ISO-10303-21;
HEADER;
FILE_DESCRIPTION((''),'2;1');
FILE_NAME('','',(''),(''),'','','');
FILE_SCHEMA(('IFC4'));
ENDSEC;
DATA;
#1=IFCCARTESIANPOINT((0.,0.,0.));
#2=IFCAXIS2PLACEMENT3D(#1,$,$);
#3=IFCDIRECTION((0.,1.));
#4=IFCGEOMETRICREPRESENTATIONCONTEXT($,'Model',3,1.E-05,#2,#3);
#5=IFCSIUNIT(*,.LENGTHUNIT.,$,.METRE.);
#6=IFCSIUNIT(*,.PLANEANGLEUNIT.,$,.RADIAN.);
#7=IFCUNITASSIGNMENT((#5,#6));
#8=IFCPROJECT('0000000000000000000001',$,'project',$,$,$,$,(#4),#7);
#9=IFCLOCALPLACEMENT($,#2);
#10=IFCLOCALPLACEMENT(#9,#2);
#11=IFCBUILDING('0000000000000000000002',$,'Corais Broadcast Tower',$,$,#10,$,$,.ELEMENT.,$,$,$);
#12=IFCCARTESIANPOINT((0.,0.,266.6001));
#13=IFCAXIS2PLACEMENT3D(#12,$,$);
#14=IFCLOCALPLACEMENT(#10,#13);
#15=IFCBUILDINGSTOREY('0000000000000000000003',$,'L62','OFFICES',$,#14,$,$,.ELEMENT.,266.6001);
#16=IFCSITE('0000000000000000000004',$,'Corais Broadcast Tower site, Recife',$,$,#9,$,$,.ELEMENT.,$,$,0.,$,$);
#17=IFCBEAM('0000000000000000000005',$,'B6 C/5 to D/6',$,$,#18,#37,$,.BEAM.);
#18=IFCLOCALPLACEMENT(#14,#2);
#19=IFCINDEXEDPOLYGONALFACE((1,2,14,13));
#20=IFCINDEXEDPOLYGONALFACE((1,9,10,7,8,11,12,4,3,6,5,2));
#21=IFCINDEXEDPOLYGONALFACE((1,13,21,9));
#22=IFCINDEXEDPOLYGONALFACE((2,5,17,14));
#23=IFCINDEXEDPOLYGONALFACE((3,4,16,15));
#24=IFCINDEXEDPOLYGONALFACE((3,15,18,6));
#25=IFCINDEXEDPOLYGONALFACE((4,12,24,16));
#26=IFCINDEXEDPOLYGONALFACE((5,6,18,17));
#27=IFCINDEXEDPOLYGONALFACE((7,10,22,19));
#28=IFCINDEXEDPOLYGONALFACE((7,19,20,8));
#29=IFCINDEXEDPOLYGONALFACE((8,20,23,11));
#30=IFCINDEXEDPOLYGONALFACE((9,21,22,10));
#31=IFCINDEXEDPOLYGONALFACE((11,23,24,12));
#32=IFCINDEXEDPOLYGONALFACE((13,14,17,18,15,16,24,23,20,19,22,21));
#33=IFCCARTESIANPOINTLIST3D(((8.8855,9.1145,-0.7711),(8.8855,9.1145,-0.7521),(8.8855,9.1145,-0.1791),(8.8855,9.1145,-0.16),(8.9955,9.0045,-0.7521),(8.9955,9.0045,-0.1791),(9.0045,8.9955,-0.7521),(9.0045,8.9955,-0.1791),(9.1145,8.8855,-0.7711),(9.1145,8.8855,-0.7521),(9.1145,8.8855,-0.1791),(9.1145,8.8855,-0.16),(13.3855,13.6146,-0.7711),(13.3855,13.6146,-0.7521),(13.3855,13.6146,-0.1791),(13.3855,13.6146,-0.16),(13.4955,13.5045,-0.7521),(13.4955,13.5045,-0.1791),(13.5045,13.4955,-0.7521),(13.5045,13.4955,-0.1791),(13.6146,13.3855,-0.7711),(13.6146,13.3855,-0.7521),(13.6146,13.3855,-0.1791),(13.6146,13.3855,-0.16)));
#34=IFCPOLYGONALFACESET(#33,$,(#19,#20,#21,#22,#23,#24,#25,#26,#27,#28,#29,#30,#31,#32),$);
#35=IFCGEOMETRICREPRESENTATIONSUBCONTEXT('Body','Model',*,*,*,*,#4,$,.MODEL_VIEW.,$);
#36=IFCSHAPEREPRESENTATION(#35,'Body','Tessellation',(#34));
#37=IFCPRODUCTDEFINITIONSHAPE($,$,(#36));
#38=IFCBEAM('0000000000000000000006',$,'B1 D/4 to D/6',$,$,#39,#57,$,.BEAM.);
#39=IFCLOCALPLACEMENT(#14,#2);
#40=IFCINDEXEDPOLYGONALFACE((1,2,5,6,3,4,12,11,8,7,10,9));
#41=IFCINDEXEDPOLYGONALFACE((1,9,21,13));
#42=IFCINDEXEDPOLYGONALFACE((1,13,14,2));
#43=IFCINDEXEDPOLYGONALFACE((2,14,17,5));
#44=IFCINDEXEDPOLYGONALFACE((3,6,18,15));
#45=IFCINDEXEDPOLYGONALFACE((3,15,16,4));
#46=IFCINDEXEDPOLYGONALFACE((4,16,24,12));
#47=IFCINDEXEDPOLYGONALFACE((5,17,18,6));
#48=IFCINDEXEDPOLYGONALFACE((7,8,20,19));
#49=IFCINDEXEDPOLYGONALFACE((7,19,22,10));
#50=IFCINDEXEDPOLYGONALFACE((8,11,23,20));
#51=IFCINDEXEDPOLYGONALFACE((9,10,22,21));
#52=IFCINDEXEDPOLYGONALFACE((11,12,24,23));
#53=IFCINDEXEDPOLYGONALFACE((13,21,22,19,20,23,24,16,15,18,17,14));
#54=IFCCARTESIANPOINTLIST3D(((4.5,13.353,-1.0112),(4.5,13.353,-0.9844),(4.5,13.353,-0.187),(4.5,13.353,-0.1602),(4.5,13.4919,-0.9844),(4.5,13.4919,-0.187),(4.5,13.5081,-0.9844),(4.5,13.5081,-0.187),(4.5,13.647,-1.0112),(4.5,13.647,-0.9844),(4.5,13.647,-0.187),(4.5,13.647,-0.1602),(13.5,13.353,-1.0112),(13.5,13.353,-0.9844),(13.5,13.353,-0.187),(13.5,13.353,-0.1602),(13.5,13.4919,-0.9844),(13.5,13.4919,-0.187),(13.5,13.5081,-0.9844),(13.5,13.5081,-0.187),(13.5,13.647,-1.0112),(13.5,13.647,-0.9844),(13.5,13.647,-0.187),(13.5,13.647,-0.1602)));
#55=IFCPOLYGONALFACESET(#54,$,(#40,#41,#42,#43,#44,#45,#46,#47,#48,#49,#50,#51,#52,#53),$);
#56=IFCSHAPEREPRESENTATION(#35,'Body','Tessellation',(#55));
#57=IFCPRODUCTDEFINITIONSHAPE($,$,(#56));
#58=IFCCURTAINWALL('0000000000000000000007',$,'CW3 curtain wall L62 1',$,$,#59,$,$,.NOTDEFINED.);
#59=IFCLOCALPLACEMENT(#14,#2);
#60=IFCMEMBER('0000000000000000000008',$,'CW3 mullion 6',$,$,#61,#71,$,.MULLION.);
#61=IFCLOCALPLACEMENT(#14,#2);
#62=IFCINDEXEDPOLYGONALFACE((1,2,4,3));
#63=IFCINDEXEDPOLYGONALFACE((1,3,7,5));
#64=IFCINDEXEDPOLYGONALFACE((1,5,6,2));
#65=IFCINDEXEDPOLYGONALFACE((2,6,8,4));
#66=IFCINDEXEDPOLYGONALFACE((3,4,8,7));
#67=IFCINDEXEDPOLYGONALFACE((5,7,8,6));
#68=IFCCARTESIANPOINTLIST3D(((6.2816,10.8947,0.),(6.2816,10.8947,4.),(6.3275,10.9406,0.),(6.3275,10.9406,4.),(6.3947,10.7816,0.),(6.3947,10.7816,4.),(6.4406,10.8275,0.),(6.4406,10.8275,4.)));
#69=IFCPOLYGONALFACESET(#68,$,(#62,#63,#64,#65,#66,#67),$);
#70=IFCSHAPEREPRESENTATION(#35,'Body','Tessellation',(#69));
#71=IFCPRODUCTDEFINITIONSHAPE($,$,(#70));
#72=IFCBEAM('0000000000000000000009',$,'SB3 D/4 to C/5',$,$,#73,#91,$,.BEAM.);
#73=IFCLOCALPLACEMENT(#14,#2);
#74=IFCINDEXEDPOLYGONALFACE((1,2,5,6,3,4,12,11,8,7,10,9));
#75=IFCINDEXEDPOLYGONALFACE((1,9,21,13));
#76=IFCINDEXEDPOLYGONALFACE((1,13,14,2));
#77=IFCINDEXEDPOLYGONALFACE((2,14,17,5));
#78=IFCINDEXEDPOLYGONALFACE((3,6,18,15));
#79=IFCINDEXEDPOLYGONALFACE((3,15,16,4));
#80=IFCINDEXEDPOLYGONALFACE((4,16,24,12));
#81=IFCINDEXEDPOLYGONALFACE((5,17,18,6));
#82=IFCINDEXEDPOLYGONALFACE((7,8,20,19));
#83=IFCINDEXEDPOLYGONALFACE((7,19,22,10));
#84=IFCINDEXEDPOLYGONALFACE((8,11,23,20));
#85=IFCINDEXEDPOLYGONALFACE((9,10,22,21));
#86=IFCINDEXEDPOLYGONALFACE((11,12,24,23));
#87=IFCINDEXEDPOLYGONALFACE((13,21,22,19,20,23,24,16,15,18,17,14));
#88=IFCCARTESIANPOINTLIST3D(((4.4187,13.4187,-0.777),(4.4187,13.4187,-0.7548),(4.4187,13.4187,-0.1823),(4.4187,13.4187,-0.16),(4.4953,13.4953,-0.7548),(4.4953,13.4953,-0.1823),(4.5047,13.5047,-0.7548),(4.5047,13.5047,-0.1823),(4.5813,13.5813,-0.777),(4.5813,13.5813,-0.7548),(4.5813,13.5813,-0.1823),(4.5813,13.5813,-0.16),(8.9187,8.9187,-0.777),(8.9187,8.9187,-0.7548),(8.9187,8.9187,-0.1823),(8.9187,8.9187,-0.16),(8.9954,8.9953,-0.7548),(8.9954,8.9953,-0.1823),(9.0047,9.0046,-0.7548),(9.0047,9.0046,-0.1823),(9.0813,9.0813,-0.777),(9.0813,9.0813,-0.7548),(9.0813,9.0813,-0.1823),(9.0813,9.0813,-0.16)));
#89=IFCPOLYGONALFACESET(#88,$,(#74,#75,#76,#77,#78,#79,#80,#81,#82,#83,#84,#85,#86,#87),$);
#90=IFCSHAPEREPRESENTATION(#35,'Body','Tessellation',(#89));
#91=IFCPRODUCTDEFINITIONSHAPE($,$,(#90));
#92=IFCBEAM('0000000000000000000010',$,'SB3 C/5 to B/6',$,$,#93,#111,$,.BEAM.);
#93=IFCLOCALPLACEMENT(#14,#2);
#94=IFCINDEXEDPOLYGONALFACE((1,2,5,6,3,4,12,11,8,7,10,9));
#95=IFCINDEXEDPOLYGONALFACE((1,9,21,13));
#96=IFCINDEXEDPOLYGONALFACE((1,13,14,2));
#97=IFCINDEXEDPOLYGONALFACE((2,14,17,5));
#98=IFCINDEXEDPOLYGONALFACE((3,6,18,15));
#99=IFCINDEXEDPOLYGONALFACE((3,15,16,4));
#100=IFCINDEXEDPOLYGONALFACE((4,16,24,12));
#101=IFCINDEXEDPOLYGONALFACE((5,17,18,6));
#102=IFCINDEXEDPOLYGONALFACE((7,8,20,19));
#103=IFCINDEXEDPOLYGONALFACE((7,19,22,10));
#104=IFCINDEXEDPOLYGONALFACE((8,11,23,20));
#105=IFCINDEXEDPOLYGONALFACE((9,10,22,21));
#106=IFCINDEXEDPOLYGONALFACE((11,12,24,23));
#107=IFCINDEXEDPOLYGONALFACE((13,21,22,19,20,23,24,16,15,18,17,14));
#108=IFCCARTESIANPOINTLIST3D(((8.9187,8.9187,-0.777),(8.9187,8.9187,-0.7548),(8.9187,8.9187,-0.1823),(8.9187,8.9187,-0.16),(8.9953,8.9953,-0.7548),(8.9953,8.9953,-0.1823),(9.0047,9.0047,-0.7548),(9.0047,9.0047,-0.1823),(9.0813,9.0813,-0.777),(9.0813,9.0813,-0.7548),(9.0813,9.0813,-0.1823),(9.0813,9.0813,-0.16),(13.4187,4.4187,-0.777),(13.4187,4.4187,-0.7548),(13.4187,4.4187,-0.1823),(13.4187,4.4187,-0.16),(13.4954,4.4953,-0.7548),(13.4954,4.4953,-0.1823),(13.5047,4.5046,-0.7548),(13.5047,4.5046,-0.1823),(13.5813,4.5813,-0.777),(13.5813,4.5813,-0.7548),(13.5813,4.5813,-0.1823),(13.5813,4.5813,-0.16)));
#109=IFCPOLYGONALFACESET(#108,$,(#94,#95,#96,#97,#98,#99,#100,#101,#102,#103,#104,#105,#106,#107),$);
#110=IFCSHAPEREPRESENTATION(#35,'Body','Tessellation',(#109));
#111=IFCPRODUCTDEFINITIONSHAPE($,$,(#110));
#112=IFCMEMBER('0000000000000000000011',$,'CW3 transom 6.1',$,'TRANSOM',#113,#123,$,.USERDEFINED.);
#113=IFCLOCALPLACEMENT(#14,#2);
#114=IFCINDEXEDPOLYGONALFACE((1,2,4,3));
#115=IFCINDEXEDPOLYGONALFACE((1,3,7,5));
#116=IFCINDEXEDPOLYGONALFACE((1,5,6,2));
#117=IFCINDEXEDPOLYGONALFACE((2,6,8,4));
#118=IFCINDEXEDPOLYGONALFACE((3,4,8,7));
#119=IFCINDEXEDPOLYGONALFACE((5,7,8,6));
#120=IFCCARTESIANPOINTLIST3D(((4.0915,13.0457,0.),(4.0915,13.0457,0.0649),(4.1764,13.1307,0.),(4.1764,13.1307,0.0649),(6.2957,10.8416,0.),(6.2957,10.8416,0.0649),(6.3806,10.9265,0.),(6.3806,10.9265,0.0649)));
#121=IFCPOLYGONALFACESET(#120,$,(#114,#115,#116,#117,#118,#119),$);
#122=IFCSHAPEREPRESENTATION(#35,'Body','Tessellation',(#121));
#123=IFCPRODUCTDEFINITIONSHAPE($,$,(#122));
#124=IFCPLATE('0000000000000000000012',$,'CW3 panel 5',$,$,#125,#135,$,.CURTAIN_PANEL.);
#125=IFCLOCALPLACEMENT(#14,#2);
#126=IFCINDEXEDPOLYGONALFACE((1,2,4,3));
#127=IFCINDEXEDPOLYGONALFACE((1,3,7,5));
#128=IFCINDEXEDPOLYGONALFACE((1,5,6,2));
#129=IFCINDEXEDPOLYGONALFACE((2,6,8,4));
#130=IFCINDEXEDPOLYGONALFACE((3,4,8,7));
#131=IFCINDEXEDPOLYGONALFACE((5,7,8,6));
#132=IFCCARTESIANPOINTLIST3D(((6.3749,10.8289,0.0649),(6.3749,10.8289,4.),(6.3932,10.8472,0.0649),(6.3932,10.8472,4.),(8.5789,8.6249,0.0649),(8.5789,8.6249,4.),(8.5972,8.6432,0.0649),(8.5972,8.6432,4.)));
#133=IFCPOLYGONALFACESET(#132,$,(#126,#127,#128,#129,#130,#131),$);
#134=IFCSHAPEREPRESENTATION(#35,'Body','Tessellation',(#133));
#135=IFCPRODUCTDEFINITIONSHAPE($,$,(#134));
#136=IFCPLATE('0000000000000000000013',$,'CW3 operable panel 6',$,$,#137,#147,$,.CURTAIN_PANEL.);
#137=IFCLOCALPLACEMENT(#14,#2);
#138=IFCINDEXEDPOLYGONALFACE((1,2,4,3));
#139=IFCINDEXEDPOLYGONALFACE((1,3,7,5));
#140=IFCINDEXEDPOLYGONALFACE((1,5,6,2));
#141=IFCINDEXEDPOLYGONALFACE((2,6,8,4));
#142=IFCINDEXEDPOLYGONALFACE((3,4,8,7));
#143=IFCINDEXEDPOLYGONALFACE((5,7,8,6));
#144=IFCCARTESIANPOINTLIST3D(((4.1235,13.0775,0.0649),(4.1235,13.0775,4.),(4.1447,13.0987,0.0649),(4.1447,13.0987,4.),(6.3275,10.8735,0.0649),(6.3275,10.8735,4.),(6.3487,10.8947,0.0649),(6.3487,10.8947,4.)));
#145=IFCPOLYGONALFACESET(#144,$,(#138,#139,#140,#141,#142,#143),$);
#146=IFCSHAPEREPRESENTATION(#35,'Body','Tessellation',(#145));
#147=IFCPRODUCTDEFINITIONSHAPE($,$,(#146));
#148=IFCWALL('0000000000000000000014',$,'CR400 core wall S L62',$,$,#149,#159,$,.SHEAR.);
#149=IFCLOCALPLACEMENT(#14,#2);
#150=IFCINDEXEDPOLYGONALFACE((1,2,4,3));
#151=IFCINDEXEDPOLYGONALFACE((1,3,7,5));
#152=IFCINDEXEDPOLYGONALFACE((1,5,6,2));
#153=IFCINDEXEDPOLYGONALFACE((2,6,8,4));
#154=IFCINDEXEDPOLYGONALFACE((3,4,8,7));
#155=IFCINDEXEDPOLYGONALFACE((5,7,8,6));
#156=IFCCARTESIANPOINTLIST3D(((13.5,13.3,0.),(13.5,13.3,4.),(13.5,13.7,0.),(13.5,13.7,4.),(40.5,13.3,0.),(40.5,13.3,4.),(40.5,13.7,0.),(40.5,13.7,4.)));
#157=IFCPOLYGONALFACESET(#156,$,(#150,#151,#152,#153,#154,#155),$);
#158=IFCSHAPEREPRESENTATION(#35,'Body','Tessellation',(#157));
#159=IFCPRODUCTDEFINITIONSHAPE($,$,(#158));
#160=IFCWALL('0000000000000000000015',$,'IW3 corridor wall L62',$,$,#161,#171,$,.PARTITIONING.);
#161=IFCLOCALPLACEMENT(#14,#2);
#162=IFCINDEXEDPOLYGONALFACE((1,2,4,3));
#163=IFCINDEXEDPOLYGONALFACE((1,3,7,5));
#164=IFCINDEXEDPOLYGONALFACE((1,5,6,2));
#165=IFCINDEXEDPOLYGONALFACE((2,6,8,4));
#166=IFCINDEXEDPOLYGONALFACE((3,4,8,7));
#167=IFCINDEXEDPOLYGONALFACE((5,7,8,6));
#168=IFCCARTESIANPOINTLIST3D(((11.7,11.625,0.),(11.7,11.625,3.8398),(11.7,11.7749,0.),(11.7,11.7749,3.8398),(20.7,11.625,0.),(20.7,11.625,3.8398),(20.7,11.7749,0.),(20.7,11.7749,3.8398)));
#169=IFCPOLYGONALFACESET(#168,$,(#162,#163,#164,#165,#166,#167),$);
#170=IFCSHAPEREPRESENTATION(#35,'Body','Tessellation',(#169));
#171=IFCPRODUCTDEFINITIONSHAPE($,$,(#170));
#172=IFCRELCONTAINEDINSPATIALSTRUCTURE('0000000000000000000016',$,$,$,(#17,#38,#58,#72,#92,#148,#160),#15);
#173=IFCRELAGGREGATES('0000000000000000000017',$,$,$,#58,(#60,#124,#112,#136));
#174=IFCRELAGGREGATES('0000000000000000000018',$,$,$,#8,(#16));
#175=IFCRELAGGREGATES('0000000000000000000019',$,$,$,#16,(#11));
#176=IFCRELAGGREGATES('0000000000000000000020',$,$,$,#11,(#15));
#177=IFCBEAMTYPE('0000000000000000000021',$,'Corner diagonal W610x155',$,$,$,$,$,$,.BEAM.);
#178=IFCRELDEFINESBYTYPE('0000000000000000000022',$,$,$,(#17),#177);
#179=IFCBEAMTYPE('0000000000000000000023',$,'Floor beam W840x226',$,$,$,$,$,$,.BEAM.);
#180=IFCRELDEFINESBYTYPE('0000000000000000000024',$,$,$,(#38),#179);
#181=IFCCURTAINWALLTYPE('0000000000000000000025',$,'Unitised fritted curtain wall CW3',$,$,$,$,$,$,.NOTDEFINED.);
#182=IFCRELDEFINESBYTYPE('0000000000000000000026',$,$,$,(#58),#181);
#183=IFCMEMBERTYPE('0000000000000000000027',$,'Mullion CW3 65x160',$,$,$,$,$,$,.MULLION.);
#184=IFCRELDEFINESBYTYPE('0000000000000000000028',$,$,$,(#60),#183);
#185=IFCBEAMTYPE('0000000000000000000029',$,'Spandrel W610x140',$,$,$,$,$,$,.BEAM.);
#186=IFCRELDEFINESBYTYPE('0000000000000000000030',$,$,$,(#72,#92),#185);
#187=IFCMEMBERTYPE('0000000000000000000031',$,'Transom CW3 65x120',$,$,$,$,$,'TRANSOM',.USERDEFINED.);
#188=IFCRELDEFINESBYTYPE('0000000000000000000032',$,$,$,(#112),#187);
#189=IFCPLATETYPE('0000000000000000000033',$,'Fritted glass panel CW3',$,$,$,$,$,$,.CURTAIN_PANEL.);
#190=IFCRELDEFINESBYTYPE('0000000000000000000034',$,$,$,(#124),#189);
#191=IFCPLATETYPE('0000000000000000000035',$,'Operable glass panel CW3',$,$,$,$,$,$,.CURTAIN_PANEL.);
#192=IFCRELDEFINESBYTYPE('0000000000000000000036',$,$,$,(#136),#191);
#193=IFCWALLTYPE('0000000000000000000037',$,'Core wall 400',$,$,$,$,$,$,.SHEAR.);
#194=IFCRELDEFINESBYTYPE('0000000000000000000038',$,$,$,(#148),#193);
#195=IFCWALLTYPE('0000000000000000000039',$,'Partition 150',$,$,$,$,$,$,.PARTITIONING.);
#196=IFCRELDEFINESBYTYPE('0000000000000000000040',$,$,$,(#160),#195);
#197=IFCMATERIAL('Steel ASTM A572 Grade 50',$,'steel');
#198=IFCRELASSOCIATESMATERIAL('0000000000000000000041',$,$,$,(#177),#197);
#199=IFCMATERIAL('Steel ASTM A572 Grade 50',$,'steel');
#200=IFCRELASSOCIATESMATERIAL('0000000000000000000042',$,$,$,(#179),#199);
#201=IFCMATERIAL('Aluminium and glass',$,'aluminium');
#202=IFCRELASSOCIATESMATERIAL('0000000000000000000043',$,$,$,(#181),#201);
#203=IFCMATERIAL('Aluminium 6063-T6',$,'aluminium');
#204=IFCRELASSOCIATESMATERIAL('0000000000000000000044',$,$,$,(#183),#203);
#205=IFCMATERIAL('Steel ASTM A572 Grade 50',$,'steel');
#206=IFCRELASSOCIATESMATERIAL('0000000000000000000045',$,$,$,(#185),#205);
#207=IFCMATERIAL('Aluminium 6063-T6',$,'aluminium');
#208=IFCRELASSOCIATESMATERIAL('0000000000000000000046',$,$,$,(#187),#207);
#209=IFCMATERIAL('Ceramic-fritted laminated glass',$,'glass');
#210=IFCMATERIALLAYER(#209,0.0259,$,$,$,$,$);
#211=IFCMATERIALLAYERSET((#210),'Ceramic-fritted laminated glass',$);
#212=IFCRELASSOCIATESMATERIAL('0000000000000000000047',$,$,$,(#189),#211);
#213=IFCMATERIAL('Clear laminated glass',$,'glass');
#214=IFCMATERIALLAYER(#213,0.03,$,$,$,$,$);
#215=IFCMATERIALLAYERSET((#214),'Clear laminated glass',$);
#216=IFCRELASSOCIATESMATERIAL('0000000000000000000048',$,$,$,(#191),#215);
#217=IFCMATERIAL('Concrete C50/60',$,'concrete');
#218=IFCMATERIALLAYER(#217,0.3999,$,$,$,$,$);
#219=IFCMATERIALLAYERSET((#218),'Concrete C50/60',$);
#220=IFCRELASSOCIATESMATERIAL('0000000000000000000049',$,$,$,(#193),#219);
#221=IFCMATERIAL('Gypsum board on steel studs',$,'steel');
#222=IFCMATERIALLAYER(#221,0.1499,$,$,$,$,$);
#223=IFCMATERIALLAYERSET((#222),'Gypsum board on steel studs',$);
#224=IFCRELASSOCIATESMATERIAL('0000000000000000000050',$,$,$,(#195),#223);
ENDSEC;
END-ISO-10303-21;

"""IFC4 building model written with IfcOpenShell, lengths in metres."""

from ifc_helpers import new_model, si_unit, direction, frame, frame_2d, origin, origin_2d, place, context, subcontext, project, spatial, rectangle, i_section, extrude, material, layer, layer_set, material_profile, profile_set, type_object, element, aggregate, save


model = new_model("IFC4")

# Units and contexts
model_context = context("Model", 3, precision=1e-05, world=origin(), true_north=direction((0.0, 1.0)))
body_context = subcontext(model_context, "Body", "Model", "MODEL_VIEW")
ifc_project = project(units=[si_unit("LENGTHUNIT", "METRE"), si_unit("PLANEANGLEUNIT", "RADIAN")], contexts=[model_context])

# Site, building, storey
site_placement = place(None, origin())
site = spatial("IfcSite", under=ifc_project, at=site_placement, Name="Corais Broadcast Tower site, Recife", CompositionType="ELEMENT", RefElevation=0.0)
building_placement = place(site_placement, origin())
building = spatial("IfcBuilding", under=site, at=building_placement, Name="Corais Broadcast Tower", CompositionType="ELEMENT")
storey_placement = place(building_placement, frame((0.0, 0.0, 266.6001)))
storey = spatial("IfcBuildingStorey", under=building, at=storey_placement, Name="L62", Description="OFFICES", CompositionType="ELEMENT", Elevation=266.6001)

# Beams
ifc_material_1 = material(Name="Steel ASTM A572 Grade 50", Category="steel")
ifc_material_profile_1 = material_profile(ifc_material_1, i_section(OverallWidth=0.324, OverallDepth=0.6111, WebThickness=0.0127, FlangeThickness=0.019, at=origin_2d()), Name="W610x155")
ifc_profile_set_1 = profile_set([ifc_material_profile_1], Name="Steel ASTM A572 Grade 50")
beam_type_1 = type_object("IfcBeamType", Name="Corner diagonal W610x155", PredefinedType="BEAM", material=ifc_profile_set_1)
beam_1_placement = place(storey_placement, frame((9.0, 9.0, -0.4656), z_axis=(0.707107, 0.707107, 0.0), x_axis=(-0.707107, 0.707107, 0.0)))
element("IfcBeam", 1, at=beam_1_placement, inside=storey, type_object=beam_type_1, Name="B6 C/5 to D/6", PredefinedType="BEAM", context=body_context, shape_type="SweptSolid", body=[
    extrude(i_section(OverallWidth=0.324, OverallDepth=0.6111, WebThickness=0.0127, FlangeThickness=0.019, at=origin_2d()), origin(), (0.0, 0.0, 1.0), 6.364),
])
ifc_material_2 = material(Name="Steel ASTM A572 Grade 50", Category="steel")
ifc_material_profile_2 = material_profile(ifc_material_2, i_section(OverallWidth=0.2939, OverallDepth=0.8511, WebThickness=0.0161, FlangeThickness=0.0269, at=origin_2d()), Name="W840x226")
ifc_profile_set_2 = profile_set([ifc_material_profile_2], Name="Steel ASTM A572 Grade 50")
beam_type_2 = type_object("IfcBeamType", Name="Floor beam W840x226", PredefinedType="BEAM", material=ifc_profile_set_2)
beam_2_placement = place(storey_placement, frame((4.5, 13.5, -0.5857), z_axis=(1.0, 0.0, 0.0), x_axis=(0.0, 1.0, 0.0)))
element("IfcBeam", 2, at=beam_2_placement, inside=storey, type_object=beam_type_2, Name="B1 D/4 to D/6", PredefinedType="BEAM", context=body_context, shape_type="SweptSolid", body=[
    extrude(i_section(OverallWidth=0.2939, OverallDepth=0.8511, WebThickness=0.0161, FlangeThickness=0.0269, at=origin_2d()), origin(), (0.0, 0.0, 1.0), 9.0),
])

# Curtain wall, member
ifc_material_3 = material(Name="Aluminium and glass", Category="aluminium")
curtain_wall_type = type_object("IfcCurtainWallType", Name="Unitised fritted curtain wall CW3", PredefinedType="NOTDEFINED", material=ifc_material_3)
curtain_wall_placement = place(storey_placement, origin())
curtain_wall = element("IfcCurtainWall", 3, at=curtain_wall_placement, inside=storey, type_object=curtain_wall_type, Name="CW3 curtain wall L62 1", PredefinedType="NOTDEFINED")
ifc_material_4 = material(Name="Aluminium 6063-T6", Category="aluminium")
ifc_material_profile_3 = material_profile(ifc_material_4, rectangle(XDim=0.0649, YDim=0.1599, at=origin_2d()), Name="Mullion CW3 65x160")
ifc_profile_set_3 = profile_set([ifc_material_profile_3], Name="Aluminium 6063-T6")
member_type_1 = type_object("IfcMemberType", Name="Mullion CW3 65x160", PredefinedType="MULLION", material=ifc_profile_set_3)
member_1_placement = place(storey_placement, frame((6.3611, 10.8611, 0.0), z_axis=(0.0, 0.0, 1.0), x_axis=(-0.707107, -0.707107, 0.0)))
member_1 = element("IfcMember", 4, at=member_1_placement, type_object=member_type_1, Name="CW3 mullion 6", PredefinedType="MULLION", context=body_context, shape_type="SweptSolid", body=[
    extrude(rectangle(XDim=0.0649, YDim=0.1599, at=origin_2d()), origin(), (0.0, 0.0, 1.0), 4.0),
])

# Beams
ifc_material_5 = material(Name="Steel ASTM A572 Grade 50", Category="steel")
ifc_material_profile_4 = material_profile(ifc_material_5, i_section(OverallWidth=0.23, OverallDepth=0.6169, WebThickness=0.0132, FlangeThickness=0.0222, at=origin_2d()), Name="W610x140")
ifc_profile_set_4 = profile_set([ifc_material_profile_4], Name="Steel ASTM A572 Grade 50")
beam_type_3 = type_object("IfcBeamType", Name="Spandrel W610x140", PredefinedType="BEAM", material=ifc_profile_set_4)
for number, where, z_axis, x_axis, name in (
    (5, (4.5, 13.5, -0.4685), (0.707107, -0.707107, 0.0), (0.707107, 0.707107, 0.0), "SB3 D/4 to C/5"),
    (6, (9.0, 9.0, -0.4685), (0.707107, -0.707107, 0.0), (0.707107, 0.707107, 0.0), "SB3 C/5 to B/6"),
):
    element("IfcBeam", number, at=place(storey_placement, frame(where, z_axis=z_axis, x_axis=x_axis)), inside=storey, type_object=beam_type_3, Name=name, PredefinedType="BEAM", context=body_context, shape_type="SweptSolid", body=[
        extrude(i_section(OverallWidth=0.23, OverallDepth=0.6169, WebThickness=0.0132, FlangeThickness=0.0222, at=origin_2d()), origin(), (0.0, 0.0, 1.0), 6.364),
    ])

# Member
ifc_material_6 = material(Name="Aluminium 6063-T6", Category="aluminium")
ifc_material_profile_5 = material_profile(ifc_material_6, rectangle(XDim=0.1201, YDim=0.0649, at=origin_2d()), Name="Transom CW3 65x120")
ifc_profile_set_5 = profile_set([ifc_material_profile_5], Name="Aluminium 6063-T6")
member_type_2 = type_object("IfcMemberType", Name="Transom CW3 65x120", ElementType="TRANSOM", PredefinedType="USERDEFINED", material=ifc_profile_set_5)
member_2_placement = place(storey_placement, frame((6.3381, 10.884, 0.0325), z_axis=(-0.707107, 0.707107, 0.0), x_axis=(-0.707107, -0.707107, 0.0)))
member_2 = element("IfcMember", 7, at=member_2_placement, type_object=member_type_2, Name="CW3 transom 6.1", ObjectType="TRANSOM", PredefinedType="USERDEFINED", context=body_context, shape_type="SweptSolid", body=[
    extrude(rectangle(XDim=0.1201, YDim=0.0649, at=origin_2d()), origin(), (0.0, 0.0, 1.0), 3.1172),
])

# Plates
ifc_material_7 = material(Name="Ceramic-fritted laminated glass", Category="glass")
ifc_layer_1 = layer(ifc_material_7, 0.0259)
ifc_layer_set_1 = layer_set([ifc_layer_1], Name="Ceramic-fritted laminated glass")
plate_type_1 = type_object("IfcPlateType", Name="Fritted glass panel CW3", PredefinedType="CURTAIN_PANEL", material=ifc_layer_set_1)
plate_1_placement = place(storey_placement, frame((7.4861, 9.7361, 0.0649), z_axis=(0.0, 0.0, 1.0), x_axis=(-0.707107, 0.707107, 0.0)))
plate_1 = element("IfcPlate", 8, at=plate_1_placement, type_object=plate_type_1, Name="CW3 panel 5", PredefinedType="CURTAIN_PANEL", context=body_context, shape_type="SweptSolid", body=[
    extrude(rectangle(XDim=3.1169, YDim=0.0259, at=origin_2d()), origin(), (0.0, 0.0, 1.0), 3.9351),
])
ifc_material_8 = material(Name="Clear laminated glass", Category="glass")
ifc_layer_2 = layer(ifc_material_8, 0.03)
ifc_layer_set_2 = layer_set([ifc_layer_2], Name="Clear laminated glass")
plate_type_2 = type_object("IfcPlateType", Name="Operable glass panel CW3", PredefinedType="CURTAIN_PANEL", material=ifc_layer_set_2)
plate_2_placement = place(storey_placement, frame((5.2361, 11.9861, 0.0649), z_axis=(0.0, 0.0, 1.0), x_axis=(-0.707107, 0.707107, 0.0)))
plate_2 = element("IfcPlate", 9, at=plate_2_placement, type_object=plate_type_2, Name="CW3 operable panel 6", PredefinedType="CURTAIN_PANEL", context=body_context, shape_type="SweptSolid", body=[
    extrude(rectangle(XDim=3.1169, YDim=0.03, at=origin_2d()), origin(), (0.0, 0.0, 1.0), 3.9351),
])
aggregate(curtain_wall, [member_1, plate_1, member_2, plate_2])

# Walls
ifc_material_9 = material(Name="Concrete C50/60", Category="concrete")
ifc_layer_3 = layer(ifc_material_9, 0.3999)
ifc_layer_set_3 = layer_set([ifc_layer_3], Name="Concrete C50/60")
wall_type_1 = type_object("IfcWallType", Name="Core wall 400", PredefinedType="SHEAR", material=ifc_layer_set_3)
wall_1_placement = place(storey_placement, frame((13.5, 13.5, 0.0), z_axis=(0.0, 0.0, 1.0), x_axis=(1.0, 0.0, 0.0)))
element("IfcWall", 10, at=wall_1_placement, inside=storey, type_object=wall_type_1, Name="CR400 core wall S L62", PredefinedType="SHEAR", context=body_context, shape_type="SweptSolid", body=[
    extrude(rectangle(XDim=27.0, YDim=0.3999, at=frame_2d((13.5, 0.0))), origin(), (0.0, 0.0, 1.0), 4.0),
])
ifc_material_10 = material(Name="Gypsum board on steel studs", Category="steel")
ifc_layer_4 = layer(ifc_material_10, 0.1499)
ifc_layer_set_4 = layer_set([ifc_layer_4], Name="Gypsum board on steel studs")
wall_type_2 = type_object("IfcWallType", Name="Partition 150", PredefinedType="PARTITIONING", material=ifc_layer_set_4)
wall_2_placement = place(storey_placement, frame((11.7, 11.7, 0.0), z_axis=(0.0, 0.0, 1.0), x_axis=(1.0, 0.0, 0.0)))
element("IfcWall", 11, at=wall_2_placement, inside=storey, type_object=wall_type_2, Name="IW3 corridor wall L62", PredefinedType="PARTITIONING", context=body_context, shape_type="SweptSolid", body=[
    extrude(rectangle(XDim=9.0, YDim=0.1499, at=frame_2d((4.5, 0.0))), origin(), (0.0, 0.0, 1.0), 3.8398),
])

save(model, "model.ifc")
